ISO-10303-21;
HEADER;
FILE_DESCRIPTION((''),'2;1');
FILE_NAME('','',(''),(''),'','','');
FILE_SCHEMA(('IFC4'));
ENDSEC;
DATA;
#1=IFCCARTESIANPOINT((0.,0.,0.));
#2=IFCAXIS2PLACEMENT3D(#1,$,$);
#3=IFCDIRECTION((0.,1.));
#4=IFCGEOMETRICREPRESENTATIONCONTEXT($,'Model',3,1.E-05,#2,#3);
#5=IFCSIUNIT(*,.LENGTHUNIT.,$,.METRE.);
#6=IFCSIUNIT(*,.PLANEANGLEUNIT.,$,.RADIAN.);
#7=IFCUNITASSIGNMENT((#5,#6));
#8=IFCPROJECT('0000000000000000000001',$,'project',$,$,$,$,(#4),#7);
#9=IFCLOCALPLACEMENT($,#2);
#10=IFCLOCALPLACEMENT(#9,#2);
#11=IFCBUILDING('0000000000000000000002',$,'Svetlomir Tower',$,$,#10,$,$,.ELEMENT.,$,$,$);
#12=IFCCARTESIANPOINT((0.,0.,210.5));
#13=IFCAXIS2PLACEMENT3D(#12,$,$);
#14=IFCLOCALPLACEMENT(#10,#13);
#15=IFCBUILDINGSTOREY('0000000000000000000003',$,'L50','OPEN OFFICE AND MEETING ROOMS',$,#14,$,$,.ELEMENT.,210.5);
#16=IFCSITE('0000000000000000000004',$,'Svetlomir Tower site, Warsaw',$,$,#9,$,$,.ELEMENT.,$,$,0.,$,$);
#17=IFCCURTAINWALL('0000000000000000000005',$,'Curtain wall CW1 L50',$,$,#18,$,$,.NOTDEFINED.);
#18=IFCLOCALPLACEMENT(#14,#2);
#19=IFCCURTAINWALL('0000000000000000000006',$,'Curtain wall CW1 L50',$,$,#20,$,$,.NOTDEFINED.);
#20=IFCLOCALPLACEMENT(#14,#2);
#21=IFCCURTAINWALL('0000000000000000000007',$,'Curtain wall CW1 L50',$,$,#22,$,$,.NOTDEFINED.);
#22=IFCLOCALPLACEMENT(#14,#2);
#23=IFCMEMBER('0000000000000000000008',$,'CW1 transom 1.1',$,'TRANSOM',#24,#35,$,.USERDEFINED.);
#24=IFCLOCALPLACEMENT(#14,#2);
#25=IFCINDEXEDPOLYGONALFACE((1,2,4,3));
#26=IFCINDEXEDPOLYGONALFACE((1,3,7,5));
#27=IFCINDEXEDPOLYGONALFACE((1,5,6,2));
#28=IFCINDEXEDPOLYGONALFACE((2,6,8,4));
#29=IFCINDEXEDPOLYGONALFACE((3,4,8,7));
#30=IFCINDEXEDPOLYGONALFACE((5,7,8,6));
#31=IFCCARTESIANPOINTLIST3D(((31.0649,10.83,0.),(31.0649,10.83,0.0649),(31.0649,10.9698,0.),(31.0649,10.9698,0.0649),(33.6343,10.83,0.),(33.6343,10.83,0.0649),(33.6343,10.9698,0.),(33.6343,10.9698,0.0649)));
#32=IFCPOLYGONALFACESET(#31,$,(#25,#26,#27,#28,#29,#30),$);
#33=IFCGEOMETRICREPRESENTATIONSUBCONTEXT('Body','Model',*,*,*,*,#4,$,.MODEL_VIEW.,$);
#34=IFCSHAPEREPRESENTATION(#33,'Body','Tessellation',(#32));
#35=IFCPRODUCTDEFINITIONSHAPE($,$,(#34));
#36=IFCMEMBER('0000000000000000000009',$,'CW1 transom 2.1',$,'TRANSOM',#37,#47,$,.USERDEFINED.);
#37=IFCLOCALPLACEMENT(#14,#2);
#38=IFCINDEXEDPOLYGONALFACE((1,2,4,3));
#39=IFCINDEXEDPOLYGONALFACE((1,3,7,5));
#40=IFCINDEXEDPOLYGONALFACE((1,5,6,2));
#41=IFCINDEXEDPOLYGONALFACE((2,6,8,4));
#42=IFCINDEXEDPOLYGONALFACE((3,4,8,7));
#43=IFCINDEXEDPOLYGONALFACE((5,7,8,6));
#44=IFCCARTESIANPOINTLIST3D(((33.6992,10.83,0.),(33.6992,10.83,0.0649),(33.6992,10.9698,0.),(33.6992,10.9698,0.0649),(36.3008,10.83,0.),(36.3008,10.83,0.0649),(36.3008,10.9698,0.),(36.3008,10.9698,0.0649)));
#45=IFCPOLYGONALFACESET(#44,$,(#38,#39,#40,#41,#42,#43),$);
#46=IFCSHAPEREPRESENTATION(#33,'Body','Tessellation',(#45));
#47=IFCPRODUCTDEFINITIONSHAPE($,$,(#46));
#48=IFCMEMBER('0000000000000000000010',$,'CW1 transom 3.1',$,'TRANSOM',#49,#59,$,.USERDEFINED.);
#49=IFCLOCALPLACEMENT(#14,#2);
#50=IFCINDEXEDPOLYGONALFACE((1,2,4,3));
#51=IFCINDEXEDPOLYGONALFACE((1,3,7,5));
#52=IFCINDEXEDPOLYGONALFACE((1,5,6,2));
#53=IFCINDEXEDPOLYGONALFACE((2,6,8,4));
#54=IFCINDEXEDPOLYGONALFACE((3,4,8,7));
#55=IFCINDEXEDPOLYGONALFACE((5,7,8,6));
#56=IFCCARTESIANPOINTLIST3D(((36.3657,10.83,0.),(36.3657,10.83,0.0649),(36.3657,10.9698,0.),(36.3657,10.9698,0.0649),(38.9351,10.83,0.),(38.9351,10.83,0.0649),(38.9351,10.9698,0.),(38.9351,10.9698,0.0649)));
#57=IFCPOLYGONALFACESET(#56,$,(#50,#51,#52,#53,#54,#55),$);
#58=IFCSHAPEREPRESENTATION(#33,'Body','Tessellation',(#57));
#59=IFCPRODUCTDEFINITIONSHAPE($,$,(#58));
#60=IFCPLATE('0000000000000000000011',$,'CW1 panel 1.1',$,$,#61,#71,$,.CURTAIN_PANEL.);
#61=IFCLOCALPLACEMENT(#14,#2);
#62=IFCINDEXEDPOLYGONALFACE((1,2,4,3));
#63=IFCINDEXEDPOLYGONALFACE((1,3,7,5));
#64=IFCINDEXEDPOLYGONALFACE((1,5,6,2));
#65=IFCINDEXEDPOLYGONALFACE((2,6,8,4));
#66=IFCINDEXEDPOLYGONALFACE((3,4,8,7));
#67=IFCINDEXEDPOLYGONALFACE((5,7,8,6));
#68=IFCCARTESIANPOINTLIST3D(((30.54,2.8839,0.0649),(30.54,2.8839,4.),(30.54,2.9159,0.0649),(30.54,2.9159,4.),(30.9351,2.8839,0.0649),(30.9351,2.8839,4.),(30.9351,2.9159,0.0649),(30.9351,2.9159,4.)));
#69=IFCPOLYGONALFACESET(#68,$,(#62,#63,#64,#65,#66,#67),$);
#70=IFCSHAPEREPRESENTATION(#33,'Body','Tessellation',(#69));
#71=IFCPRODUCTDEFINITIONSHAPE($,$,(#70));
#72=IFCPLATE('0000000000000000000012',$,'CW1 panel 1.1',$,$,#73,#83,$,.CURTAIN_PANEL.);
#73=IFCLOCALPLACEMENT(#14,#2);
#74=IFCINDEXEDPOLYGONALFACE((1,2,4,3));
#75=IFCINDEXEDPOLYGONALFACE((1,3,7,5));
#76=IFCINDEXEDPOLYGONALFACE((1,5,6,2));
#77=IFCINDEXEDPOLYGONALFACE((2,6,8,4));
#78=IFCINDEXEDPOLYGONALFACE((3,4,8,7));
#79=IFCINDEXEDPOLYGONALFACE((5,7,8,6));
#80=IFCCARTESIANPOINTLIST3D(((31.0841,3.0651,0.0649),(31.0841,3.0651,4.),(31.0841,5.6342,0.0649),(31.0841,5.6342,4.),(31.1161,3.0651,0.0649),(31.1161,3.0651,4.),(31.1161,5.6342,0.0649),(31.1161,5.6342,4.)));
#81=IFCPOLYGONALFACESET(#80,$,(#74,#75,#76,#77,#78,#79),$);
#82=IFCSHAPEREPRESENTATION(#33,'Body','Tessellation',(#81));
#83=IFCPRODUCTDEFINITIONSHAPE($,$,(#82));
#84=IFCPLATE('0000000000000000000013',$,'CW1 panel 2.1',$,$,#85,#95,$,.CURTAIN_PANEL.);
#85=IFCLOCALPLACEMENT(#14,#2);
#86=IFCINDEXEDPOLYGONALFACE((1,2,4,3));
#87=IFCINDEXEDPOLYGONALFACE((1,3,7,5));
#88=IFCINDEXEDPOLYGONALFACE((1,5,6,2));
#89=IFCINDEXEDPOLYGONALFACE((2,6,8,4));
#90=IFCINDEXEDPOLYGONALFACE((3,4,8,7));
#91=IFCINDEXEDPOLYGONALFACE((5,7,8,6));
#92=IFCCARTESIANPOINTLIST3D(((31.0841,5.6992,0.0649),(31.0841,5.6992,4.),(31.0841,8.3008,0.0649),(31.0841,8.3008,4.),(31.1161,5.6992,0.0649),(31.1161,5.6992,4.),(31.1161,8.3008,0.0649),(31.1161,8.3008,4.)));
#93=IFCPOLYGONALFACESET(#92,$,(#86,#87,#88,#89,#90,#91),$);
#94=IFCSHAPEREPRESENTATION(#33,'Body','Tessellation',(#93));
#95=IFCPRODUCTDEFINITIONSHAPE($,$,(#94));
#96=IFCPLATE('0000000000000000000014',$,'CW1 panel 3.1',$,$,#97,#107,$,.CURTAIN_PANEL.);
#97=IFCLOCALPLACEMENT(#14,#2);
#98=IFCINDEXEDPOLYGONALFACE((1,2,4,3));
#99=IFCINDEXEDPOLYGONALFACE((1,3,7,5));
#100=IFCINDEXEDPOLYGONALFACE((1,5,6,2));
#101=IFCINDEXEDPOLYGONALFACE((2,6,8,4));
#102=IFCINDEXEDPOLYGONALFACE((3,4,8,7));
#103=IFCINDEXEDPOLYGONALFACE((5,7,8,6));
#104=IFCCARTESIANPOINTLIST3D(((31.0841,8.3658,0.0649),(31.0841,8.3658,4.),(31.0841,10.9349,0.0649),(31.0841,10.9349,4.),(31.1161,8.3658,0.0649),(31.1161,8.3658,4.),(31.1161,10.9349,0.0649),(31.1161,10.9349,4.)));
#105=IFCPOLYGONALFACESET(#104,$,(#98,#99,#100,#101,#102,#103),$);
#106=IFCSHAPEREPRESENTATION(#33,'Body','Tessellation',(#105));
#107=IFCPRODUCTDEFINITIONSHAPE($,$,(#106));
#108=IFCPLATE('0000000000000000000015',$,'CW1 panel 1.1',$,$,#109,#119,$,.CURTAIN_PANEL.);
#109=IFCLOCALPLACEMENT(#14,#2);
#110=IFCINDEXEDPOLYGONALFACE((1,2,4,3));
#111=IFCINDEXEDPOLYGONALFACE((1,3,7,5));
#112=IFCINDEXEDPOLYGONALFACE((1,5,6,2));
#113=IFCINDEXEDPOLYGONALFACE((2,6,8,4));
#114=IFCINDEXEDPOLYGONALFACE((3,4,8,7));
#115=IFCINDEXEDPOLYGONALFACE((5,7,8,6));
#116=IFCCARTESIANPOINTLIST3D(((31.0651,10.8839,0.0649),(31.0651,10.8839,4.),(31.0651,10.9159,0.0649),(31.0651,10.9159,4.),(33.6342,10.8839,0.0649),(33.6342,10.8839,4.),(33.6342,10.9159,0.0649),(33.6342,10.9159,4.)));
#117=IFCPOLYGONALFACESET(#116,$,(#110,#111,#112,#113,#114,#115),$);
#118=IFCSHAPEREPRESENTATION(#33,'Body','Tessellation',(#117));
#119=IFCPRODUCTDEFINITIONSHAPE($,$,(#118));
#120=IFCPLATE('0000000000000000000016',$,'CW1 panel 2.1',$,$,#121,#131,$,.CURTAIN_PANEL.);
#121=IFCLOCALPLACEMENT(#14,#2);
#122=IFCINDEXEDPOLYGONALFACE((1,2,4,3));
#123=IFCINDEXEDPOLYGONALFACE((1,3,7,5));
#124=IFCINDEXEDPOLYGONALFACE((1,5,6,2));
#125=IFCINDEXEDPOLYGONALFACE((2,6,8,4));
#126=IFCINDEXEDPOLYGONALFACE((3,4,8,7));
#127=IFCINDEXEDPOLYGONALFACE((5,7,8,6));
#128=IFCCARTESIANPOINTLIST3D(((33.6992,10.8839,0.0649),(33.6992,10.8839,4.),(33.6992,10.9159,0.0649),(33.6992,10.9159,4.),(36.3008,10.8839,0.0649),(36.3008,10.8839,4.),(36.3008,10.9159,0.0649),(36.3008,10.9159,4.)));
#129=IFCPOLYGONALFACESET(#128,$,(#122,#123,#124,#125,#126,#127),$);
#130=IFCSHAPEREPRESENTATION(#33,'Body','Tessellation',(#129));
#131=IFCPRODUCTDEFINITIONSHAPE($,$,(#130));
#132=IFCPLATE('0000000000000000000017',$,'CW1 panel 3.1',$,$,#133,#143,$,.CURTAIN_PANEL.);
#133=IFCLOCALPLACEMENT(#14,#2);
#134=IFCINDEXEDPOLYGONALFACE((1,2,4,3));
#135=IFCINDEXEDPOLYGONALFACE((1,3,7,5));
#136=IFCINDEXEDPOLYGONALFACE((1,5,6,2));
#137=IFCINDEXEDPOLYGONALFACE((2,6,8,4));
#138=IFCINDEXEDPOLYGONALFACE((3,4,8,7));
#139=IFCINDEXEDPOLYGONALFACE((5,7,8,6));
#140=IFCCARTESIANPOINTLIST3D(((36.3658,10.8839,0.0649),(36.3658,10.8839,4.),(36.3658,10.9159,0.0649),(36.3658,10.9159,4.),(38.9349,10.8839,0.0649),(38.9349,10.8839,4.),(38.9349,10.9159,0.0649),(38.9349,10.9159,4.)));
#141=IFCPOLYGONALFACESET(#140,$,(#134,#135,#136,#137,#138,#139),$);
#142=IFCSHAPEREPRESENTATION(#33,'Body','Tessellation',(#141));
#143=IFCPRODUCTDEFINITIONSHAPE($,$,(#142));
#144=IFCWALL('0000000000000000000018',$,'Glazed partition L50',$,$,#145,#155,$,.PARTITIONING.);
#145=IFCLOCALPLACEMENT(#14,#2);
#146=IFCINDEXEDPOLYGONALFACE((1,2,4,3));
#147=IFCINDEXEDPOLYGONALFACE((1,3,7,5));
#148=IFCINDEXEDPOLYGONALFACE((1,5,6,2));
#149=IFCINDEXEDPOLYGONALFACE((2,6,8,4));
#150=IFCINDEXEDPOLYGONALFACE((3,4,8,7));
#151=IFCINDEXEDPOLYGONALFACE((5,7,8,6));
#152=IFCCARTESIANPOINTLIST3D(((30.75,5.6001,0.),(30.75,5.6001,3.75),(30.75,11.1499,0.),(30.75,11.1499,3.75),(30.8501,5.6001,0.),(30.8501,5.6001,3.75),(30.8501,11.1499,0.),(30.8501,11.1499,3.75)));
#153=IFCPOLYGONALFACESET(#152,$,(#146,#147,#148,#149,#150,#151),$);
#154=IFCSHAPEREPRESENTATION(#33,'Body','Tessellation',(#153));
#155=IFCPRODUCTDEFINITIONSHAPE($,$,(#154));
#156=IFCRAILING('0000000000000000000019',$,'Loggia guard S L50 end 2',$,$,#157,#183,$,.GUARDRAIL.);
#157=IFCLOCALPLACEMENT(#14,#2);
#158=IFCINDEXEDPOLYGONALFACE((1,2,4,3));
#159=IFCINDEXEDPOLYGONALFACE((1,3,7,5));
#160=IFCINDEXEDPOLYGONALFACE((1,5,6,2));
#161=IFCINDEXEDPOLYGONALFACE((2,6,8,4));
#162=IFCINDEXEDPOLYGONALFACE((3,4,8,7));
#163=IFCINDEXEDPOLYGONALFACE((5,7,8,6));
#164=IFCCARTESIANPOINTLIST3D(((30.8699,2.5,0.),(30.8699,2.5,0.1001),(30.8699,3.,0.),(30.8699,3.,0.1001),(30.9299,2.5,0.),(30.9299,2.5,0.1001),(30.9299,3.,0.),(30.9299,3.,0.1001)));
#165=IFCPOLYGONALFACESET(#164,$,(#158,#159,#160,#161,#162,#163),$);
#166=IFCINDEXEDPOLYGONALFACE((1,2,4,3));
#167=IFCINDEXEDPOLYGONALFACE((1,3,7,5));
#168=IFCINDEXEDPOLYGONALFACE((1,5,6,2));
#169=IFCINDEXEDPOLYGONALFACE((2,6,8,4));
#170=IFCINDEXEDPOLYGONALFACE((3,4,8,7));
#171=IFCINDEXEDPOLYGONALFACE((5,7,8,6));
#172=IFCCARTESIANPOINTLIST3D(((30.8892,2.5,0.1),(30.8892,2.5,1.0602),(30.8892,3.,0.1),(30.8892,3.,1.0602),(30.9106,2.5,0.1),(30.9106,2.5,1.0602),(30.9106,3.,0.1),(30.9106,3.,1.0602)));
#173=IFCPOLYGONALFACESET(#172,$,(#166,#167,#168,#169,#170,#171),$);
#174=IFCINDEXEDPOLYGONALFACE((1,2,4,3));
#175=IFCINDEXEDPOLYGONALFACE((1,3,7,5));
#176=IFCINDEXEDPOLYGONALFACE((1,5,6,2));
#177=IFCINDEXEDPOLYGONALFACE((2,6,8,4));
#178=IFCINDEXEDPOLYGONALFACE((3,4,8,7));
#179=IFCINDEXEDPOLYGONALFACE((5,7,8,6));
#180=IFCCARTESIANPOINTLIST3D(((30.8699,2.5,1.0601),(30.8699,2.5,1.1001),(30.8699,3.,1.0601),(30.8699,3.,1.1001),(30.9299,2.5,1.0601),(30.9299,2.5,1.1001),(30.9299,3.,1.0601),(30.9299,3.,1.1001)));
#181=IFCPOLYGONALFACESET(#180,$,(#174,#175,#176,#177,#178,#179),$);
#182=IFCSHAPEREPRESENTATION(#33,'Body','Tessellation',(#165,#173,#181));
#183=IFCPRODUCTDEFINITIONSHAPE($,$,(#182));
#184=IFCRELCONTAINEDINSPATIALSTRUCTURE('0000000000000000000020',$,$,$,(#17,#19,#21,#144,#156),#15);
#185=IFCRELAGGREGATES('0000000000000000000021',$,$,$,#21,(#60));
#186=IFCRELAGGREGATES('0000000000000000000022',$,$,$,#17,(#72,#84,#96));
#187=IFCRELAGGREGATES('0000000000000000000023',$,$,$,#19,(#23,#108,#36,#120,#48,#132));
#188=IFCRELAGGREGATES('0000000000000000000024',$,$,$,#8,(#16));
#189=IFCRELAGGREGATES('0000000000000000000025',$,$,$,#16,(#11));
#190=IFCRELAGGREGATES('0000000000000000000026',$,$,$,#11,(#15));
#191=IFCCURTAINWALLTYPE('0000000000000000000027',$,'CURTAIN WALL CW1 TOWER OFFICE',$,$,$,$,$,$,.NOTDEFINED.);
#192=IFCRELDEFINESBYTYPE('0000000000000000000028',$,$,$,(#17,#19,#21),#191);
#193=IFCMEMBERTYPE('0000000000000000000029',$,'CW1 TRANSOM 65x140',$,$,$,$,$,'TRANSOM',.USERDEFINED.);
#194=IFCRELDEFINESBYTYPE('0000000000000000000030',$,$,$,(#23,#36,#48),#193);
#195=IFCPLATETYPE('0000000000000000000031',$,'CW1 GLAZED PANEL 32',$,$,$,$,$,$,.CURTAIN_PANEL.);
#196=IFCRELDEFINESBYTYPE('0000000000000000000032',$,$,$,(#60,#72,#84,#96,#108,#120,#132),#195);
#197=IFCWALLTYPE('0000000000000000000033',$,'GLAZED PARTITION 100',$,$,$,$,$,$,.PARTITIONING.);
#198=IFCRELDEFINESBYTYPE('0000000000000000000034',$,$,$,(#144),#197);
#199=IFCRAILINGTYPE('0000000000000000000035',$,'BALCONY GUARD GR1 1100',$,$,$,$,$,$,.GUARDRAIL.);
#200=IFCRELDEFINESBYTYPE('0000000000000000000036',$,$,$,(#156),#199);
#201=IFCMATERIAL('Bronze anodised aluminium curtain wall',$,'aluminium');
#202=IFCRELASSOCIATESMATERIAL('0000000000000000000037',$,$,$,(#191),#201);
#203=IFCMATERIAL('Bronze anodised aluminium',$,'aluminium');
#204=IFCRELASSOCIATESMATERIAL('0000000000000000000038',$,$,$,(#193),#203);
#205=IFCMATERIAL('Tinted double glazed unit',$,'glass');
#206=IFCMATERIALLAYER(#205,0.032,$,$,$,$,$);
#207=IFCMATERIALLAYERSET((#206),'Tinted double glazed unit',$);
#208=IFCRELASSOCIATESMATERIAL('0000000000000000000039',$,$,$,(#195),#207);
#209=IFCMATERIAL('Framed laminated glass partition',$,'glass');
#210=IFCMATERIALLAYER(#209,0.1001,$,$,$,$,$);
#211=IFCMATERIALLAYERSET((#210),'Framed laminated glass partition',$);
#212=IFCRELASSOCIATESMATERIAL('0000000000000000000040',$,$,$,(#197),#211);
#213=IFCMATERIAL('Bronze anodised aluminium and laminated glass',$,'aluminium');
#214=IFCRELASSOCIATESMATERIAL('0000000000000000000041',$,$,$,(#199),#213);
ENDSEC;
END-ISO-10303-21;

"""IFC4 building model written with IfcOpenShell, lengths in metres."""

from ifc_helpers import new_model, si_unit, direction, frame, frame_2d, origin, origin_2d, place, context, subcontext, project, spatial, rectangle, extrude, material, layer, layer_set, material_profile, profile_set, type_object, element, aggregate, save


model = new_model("IFC4")

# Units and contexts
model_context = context("Model", 3, precision=1e-05, world=origin(), true_north=direction((0.0, 1.0)))
body_context = subcontext(model_context, "Body", "Model", "MODEL_VIEW")
ifc_project = project(units=[si_unit("LENGTHUNIT", "METRE"), si_unit("PLANEANGLEUNIT", "RADIAN")], contexts=[model_context])

# Site, building, storey
site_placement = place(None, origin())
site = spatial("IfcSite", under=ifc_project, at=site_placement, Name="Svetlomir Tower site, Warsaw", CompositionType="ELEMENT", RefElevation=0.0)
building_placement = place(site_placement, origin())
building = spatial("IfcBuilding", under=site, at=building_placement, Name="Svetlomir Tower", CompositionType="ELEMENT")
storey_placement = place(building_placement, frame((0.0, 0.0, 210.5)))
storey = spatial("IfcBuildingStorey", under=building, at=storey_placement, Name="L50", Description="OPEN OFFICE AND MEETING ROOMS", CompositionType="ELEMENT", Elevation=210.5)

# Curtain walls
ifc_material_1 = material(Name="Bronze anodised aluminium curtain wall", Category="aluminium")
curtain_wall_type = type_object("IfcCurtainWallType", Name="CURTAIN WALL CW1 TOWER OFFICE", PredefinedType="NOTDEFINED", material=ifc_material_1)
curtain_wall_1_placement = place(storey_placement, origin())
curtain_wall_1 = element("IfcCurtainWall", 1, at=curtain_wall_1_placement, inside=storey, type_object=curtain_wall_type, Name="Curtain wall CW1 L50", PredefinedType="NOTDEFINED")
curtain_wall_2_placement = place(storey_placement, origin())
curtain_wall_2 = element("IfcCurtainWall", 2, at=curtain_wall_2_placement, inside=storey, type_object=curtain_wall_type, Name="Curtain wall CW1 L50", PredefinedType="NOTDEFINED")

# Curtain wall
curtain_wall_3_placement = place(storey_placement, origin())
curtain_wall_3 = element("IfcCurtainWall", 3, at=curtain_wall_3_placement, inside=storey, type_object=curtain_wall_type, Name="Curtain wall CW1 L50", PredefinedType="NOTDEFINED")

# Members
ifc_material_2 = material(Name="Bronze anodised aluminium", Category="aluminium")
ifc_material_profile_1 = material_profile(ifc_material_2, rectangle(XDim=0.1399, YDim=0.0649, at=origin_2d()), Name="AL 140x65")
ifc_profile_set_1 = profile_set([ifc_material_profile_1], Name="Bronze anodised aluminium 6063-T6")
member_type_1 = type_object("IfcMemberType", Name="CW1 TRANSOM 65x140", ElementType="TRANSOM", PredefinedType="USERDEFINED", material=ifc_profile_set_1)
member_1_placement = place(storey_placement, frame((31.0649, 10.8999, 0.0325), z_axis=(1.0, 0.0, 0.0), x_axis=(0.0, 1.0, 0.0)))
member_1 = element("IfcMember", 4, at=member_1_placement, type_object=member_type_1, Name="CW1 transom 1.1", ObjectType="TRANSOM", PredefinedType="USERDEFINED", context=body_context, shape_type="SweptSolid", body=[
    extrude(rectangle(XDim=0.1399, YDim=0.0649, at=origin_2d()), origin(), (0.0, 0.0, 1.0), 2.5693),
])
member_2_placement = place(storey_placement, frame((33.6992, 10.8999, 0.0325), z_axis=(1.0, 0.0, 0.0), x_axis=(0.0, 1.0, 0.0)))
member_2 = element("IfcMember", 5, at=member_2_placement, type_object=member_type_1, Name="CW1 transom 2.1", ObjectType="TRANSOM", PredefinedType="USERDEFINED", context=body_context, shape_type="SweptSolid", body=[
    extrude(rectangle(XDim=0.1399, YDim=0.0649, at=origin_2d()), origin(), (0.0, 0.0, 1.0), 2.6016),
])
member_3_placement = place(storey_placement, frame((36.3657, 10.8999, 0.0325), z_axis=(1.0, 0.0, 0.0), x_axis=(0.0, 1.0, 0.0)))
member_3 = element("IfcMember", 6, at=member_3_placement, type_object=member_type_1, Name="CW1 transom 3.1", ObjectType="TRANSOM", PredefinedType="USERDEFINED", context=body_context, shape_type="SweptSolid", body=[
    extrude(rectangle(XDim=0.1399, YDim=0.0649, at=origin_2d()), origin(), (0.0, 0.0, 1.0), 2.5693),
])

# Plates
ifc_material_3 = material(Name="Tinted double glazed unit", Category="glass")
ifc_layer_1 = layer(ifc_material_3, 0.032)
ifc_layer_set_1 = layer_set([ifc_layer_1], Name="Tinted double glazed unit")
plate_type = type_object("IfcPlateType", Name="CW1 GLAZED PANEL 32", PredefinedType="CURTAIN_PANEL", material=ifc_layer_set_1)
plate_1_placement = place(storey_placement, frame((30.7375, 2.8999, 0.0649), z_axis=(0.0, 0.0, 1.0), x_axis=(1.0, 0.0, 0.0)))
plate_1 = element("IfcPlate", 7, at=plate_1_placement, type_object=plate_type, Name="CW1 panel 1.1", PredefinedType="CURTAIN_PANEL", context=body_context, shape_type="SweptSolid", body=[
    extrude(rectangle(XDim=0.395, YDim=0.032, at=origin_2d()), origin(), (0.0, 0.0, 1.0), 3.9351),
])
aggregate(curtain_wall_3, [plate_1])
plate_2_placement = place(storey_placement, frame((31.1001, 4.3496, 0.0649), z_axis=(0.0, 0.0, 1.0), x_axis=(0.0, 1.0, 0.0)))
plate_2 = element("IfcPlate", 8, at=plate_2_placement, type_object=plate_type, Name="CW1 panel 1.1", PredefinedType="CURTAIN_PANEL", context=body_context, shape_type="SweptSolid", body=[
    extrude(rectangle(XDim=2.5691, YDim=0.032, at=origin_2d()), origin(), (0.0, 0.0, 1.0), 3.9351),
])
plate_3_placement = place(storey_placement, frame((31.1001, 7.0, 0.0649), z_axis=(0.0, 0.0, 1.0), x_axis=(0.0, 1.0, 0.0)))
plate_3 = element("IfcPlate", 9, at=plate_3_placement, type_object=plate_type, Name="CW1 panel 2.1", PredefinedType="CURTAIN_PANEL", context=body_context, shape_type="SweptSolid", body=[
    extrude(rectangle(XDim=2.6016, YDim=0.032, at=origin_2d()), origin(), (0.0, 0.0, 1.0), 3.9351),
])
plate_4_placement = place(storey_placement, frame((31.1001, 9.6504, 0.0649), z_axis=(0.0, 0.0, 1.0), x_axis=(0.0, 1.0, 0.0)))
plate_4 = element("IfcPlate", 10, at=plate_4_placement, type_object=plate_type, Name="CW1 panel 3.1", PredefinedType="CURTAIN_PANEL", context=body_context, shape_type="SweptSolid", body=[
    extrude(rectangle(XDim=2.5691, YDim=0.032, at=origin_2d()), origin(), (0.0, 0.0, 1.0), 3.9351),
])
aggregate(curtain_wall_1, [plate_2, plate_3, plate_4])
plate_5_placement = place(storey_placement, frame((32.3496, 10.8999, 0.0649), z_axis=(0.0, 0.0, 1.0), x_axis=(1.0, 0.0, 0.0)))
plate_5 = element("IfcPlate", 11, at=plate_5_placement, type_object=plate_type, Name="CW1 panel 1.1", PredefinedType="CURTAIN_PANEL", context=body_context, shape_type="SweptSolid", body=[
    extrude(rectangle(XDim=2.5691, YDim=0.032, at=origin_2d()), origin(), (0.0, 0.0, 1.0), 3.9351),
])
plate_6_placement = place(storey_placement, frame((35.0, 10.8999, 0.0649), z_axis=(0.0, 0.0, 1.0), x_axis=(1.0, 0.0, 0.0)))
plate_6 = element("IfcPlate", 12, at=plate_6_placement, type_object=plate_type, Name="CW1 panel 2.1", PredefinedType="CURTAIN_PANEL", context=body_context, shape_type="SweptSolid", body=[
    extrude(rectangle(XDim=2.6016, YDim=0.032, at=origin_2d()), origin(), (0.0, 0.0, 1.0), 3.9351),
])
plate_7_placement = place(storey_placement, frame((37.6504, 10.8999, 0.0649), z_axis=(0.0, 0.0, 1.0), x_axis=(1.0, 0.0, 0.0)))
plate_7 = element("IfcPlate", 13, at=plate_7_placement, type_object=plate_type, Name="CW1 panel 3.1", PredefinedType="CURTAIN_PANEL", context=body_context, shape_type="SweptSolid", body=[
    extrude(rectangle(XDim=2.5691, YDim=0.032, at=origin_2d()), origin(), (0.0, 0.0, 1.0), 3.9351),
])
aggregate(curtain_wall_2, [member_1, plate_5, member_2, plate_6, member_3, plate_7])

# Wall
ifc_material_4 = material(Name="Framed laminated glass partition", Category="glass")
ifc_layer_2 = layer(ifc_material_4, 0.1001)
ifc_layer_set_2 = layer_set([ifc_layer_2], Name="Framed laminated glass partition")
wall_type = type_object("IfcWallType", Name="GLAZED PARTITION 100", PredefinedType="PARTITIONING", material=ifc_layer_set_2)
wall_placement = place(storey_placement, frame((30.8, 5.6001, 0.0), z_axis=(0.0, 0.0, 1.0), x_axis=(0.0, 1.0, 0.0)))
element("IfcWall", 14, at=wall_placement, inside=storey, type_object=wall_type, Name="Glazed partition L50", PredefinedType="PARTITIONING", context=body_context, shape_type="SweptSolid", body=[
    extrude(rectangle(XDim=5.5498, YDim=0.1001, at=frame_2d((2.7749, 0.0))), origin(), (0.0, 0.0, 1.0), 3.75),
])

# Railing
ifc_material_5 = material(Name="Bronze anodised aluminium and laminated glass", Category="aluminium")
railing_type = type_object("IfcRailingType", Name="BALCONY GUARD GR1 1100", PredefinedType="GUARDRAIL", material=ifc_material_5)
railing_placement = place(storey_placement, frame((30.8999, 2.5, 0.0)))
element("IfcRailing", 15, at=railing_placement, inside=storey, type_object=railing_type, Name="Loggia guard S L50 end 2", PredefinedType="GUARDRAIL", context=body_context, shape_type="SweptSolid", body=[
    extrude(rectangle(XDim=0.0601, YDim=0.1001, at=origin_2d()), frame((0.0, 0.0, 0.05), z_axis=(0.0, 1.0, 0.0), x_axis=(-1.0, 0.0, 0.0)), (0.0, 0.0, 1.0), 0.5),
    extrude(rectangle(XDim=0.0215, YDim=0.9602, at=origin_2d()), frame((0.0, 0.0, 0.5801), z_axis=(0.0, 1.0, 0.0), x_axis=(-1.0, 0.0, 0.0)), (0.0, 0.0, 1.0), 0.5),
    extrude(rectangle(XDim=0.0601, YDim=0.04, at=origin_2d()), frame((0.0, 0.0, 1.0801), z_axis=(0.0, 1.0, 0.0), x_axis=(-1.0, 0.0, 0.0)), (0.0, 0.0, 1.0), 0.5),
])

save(model, "model.ifc")
